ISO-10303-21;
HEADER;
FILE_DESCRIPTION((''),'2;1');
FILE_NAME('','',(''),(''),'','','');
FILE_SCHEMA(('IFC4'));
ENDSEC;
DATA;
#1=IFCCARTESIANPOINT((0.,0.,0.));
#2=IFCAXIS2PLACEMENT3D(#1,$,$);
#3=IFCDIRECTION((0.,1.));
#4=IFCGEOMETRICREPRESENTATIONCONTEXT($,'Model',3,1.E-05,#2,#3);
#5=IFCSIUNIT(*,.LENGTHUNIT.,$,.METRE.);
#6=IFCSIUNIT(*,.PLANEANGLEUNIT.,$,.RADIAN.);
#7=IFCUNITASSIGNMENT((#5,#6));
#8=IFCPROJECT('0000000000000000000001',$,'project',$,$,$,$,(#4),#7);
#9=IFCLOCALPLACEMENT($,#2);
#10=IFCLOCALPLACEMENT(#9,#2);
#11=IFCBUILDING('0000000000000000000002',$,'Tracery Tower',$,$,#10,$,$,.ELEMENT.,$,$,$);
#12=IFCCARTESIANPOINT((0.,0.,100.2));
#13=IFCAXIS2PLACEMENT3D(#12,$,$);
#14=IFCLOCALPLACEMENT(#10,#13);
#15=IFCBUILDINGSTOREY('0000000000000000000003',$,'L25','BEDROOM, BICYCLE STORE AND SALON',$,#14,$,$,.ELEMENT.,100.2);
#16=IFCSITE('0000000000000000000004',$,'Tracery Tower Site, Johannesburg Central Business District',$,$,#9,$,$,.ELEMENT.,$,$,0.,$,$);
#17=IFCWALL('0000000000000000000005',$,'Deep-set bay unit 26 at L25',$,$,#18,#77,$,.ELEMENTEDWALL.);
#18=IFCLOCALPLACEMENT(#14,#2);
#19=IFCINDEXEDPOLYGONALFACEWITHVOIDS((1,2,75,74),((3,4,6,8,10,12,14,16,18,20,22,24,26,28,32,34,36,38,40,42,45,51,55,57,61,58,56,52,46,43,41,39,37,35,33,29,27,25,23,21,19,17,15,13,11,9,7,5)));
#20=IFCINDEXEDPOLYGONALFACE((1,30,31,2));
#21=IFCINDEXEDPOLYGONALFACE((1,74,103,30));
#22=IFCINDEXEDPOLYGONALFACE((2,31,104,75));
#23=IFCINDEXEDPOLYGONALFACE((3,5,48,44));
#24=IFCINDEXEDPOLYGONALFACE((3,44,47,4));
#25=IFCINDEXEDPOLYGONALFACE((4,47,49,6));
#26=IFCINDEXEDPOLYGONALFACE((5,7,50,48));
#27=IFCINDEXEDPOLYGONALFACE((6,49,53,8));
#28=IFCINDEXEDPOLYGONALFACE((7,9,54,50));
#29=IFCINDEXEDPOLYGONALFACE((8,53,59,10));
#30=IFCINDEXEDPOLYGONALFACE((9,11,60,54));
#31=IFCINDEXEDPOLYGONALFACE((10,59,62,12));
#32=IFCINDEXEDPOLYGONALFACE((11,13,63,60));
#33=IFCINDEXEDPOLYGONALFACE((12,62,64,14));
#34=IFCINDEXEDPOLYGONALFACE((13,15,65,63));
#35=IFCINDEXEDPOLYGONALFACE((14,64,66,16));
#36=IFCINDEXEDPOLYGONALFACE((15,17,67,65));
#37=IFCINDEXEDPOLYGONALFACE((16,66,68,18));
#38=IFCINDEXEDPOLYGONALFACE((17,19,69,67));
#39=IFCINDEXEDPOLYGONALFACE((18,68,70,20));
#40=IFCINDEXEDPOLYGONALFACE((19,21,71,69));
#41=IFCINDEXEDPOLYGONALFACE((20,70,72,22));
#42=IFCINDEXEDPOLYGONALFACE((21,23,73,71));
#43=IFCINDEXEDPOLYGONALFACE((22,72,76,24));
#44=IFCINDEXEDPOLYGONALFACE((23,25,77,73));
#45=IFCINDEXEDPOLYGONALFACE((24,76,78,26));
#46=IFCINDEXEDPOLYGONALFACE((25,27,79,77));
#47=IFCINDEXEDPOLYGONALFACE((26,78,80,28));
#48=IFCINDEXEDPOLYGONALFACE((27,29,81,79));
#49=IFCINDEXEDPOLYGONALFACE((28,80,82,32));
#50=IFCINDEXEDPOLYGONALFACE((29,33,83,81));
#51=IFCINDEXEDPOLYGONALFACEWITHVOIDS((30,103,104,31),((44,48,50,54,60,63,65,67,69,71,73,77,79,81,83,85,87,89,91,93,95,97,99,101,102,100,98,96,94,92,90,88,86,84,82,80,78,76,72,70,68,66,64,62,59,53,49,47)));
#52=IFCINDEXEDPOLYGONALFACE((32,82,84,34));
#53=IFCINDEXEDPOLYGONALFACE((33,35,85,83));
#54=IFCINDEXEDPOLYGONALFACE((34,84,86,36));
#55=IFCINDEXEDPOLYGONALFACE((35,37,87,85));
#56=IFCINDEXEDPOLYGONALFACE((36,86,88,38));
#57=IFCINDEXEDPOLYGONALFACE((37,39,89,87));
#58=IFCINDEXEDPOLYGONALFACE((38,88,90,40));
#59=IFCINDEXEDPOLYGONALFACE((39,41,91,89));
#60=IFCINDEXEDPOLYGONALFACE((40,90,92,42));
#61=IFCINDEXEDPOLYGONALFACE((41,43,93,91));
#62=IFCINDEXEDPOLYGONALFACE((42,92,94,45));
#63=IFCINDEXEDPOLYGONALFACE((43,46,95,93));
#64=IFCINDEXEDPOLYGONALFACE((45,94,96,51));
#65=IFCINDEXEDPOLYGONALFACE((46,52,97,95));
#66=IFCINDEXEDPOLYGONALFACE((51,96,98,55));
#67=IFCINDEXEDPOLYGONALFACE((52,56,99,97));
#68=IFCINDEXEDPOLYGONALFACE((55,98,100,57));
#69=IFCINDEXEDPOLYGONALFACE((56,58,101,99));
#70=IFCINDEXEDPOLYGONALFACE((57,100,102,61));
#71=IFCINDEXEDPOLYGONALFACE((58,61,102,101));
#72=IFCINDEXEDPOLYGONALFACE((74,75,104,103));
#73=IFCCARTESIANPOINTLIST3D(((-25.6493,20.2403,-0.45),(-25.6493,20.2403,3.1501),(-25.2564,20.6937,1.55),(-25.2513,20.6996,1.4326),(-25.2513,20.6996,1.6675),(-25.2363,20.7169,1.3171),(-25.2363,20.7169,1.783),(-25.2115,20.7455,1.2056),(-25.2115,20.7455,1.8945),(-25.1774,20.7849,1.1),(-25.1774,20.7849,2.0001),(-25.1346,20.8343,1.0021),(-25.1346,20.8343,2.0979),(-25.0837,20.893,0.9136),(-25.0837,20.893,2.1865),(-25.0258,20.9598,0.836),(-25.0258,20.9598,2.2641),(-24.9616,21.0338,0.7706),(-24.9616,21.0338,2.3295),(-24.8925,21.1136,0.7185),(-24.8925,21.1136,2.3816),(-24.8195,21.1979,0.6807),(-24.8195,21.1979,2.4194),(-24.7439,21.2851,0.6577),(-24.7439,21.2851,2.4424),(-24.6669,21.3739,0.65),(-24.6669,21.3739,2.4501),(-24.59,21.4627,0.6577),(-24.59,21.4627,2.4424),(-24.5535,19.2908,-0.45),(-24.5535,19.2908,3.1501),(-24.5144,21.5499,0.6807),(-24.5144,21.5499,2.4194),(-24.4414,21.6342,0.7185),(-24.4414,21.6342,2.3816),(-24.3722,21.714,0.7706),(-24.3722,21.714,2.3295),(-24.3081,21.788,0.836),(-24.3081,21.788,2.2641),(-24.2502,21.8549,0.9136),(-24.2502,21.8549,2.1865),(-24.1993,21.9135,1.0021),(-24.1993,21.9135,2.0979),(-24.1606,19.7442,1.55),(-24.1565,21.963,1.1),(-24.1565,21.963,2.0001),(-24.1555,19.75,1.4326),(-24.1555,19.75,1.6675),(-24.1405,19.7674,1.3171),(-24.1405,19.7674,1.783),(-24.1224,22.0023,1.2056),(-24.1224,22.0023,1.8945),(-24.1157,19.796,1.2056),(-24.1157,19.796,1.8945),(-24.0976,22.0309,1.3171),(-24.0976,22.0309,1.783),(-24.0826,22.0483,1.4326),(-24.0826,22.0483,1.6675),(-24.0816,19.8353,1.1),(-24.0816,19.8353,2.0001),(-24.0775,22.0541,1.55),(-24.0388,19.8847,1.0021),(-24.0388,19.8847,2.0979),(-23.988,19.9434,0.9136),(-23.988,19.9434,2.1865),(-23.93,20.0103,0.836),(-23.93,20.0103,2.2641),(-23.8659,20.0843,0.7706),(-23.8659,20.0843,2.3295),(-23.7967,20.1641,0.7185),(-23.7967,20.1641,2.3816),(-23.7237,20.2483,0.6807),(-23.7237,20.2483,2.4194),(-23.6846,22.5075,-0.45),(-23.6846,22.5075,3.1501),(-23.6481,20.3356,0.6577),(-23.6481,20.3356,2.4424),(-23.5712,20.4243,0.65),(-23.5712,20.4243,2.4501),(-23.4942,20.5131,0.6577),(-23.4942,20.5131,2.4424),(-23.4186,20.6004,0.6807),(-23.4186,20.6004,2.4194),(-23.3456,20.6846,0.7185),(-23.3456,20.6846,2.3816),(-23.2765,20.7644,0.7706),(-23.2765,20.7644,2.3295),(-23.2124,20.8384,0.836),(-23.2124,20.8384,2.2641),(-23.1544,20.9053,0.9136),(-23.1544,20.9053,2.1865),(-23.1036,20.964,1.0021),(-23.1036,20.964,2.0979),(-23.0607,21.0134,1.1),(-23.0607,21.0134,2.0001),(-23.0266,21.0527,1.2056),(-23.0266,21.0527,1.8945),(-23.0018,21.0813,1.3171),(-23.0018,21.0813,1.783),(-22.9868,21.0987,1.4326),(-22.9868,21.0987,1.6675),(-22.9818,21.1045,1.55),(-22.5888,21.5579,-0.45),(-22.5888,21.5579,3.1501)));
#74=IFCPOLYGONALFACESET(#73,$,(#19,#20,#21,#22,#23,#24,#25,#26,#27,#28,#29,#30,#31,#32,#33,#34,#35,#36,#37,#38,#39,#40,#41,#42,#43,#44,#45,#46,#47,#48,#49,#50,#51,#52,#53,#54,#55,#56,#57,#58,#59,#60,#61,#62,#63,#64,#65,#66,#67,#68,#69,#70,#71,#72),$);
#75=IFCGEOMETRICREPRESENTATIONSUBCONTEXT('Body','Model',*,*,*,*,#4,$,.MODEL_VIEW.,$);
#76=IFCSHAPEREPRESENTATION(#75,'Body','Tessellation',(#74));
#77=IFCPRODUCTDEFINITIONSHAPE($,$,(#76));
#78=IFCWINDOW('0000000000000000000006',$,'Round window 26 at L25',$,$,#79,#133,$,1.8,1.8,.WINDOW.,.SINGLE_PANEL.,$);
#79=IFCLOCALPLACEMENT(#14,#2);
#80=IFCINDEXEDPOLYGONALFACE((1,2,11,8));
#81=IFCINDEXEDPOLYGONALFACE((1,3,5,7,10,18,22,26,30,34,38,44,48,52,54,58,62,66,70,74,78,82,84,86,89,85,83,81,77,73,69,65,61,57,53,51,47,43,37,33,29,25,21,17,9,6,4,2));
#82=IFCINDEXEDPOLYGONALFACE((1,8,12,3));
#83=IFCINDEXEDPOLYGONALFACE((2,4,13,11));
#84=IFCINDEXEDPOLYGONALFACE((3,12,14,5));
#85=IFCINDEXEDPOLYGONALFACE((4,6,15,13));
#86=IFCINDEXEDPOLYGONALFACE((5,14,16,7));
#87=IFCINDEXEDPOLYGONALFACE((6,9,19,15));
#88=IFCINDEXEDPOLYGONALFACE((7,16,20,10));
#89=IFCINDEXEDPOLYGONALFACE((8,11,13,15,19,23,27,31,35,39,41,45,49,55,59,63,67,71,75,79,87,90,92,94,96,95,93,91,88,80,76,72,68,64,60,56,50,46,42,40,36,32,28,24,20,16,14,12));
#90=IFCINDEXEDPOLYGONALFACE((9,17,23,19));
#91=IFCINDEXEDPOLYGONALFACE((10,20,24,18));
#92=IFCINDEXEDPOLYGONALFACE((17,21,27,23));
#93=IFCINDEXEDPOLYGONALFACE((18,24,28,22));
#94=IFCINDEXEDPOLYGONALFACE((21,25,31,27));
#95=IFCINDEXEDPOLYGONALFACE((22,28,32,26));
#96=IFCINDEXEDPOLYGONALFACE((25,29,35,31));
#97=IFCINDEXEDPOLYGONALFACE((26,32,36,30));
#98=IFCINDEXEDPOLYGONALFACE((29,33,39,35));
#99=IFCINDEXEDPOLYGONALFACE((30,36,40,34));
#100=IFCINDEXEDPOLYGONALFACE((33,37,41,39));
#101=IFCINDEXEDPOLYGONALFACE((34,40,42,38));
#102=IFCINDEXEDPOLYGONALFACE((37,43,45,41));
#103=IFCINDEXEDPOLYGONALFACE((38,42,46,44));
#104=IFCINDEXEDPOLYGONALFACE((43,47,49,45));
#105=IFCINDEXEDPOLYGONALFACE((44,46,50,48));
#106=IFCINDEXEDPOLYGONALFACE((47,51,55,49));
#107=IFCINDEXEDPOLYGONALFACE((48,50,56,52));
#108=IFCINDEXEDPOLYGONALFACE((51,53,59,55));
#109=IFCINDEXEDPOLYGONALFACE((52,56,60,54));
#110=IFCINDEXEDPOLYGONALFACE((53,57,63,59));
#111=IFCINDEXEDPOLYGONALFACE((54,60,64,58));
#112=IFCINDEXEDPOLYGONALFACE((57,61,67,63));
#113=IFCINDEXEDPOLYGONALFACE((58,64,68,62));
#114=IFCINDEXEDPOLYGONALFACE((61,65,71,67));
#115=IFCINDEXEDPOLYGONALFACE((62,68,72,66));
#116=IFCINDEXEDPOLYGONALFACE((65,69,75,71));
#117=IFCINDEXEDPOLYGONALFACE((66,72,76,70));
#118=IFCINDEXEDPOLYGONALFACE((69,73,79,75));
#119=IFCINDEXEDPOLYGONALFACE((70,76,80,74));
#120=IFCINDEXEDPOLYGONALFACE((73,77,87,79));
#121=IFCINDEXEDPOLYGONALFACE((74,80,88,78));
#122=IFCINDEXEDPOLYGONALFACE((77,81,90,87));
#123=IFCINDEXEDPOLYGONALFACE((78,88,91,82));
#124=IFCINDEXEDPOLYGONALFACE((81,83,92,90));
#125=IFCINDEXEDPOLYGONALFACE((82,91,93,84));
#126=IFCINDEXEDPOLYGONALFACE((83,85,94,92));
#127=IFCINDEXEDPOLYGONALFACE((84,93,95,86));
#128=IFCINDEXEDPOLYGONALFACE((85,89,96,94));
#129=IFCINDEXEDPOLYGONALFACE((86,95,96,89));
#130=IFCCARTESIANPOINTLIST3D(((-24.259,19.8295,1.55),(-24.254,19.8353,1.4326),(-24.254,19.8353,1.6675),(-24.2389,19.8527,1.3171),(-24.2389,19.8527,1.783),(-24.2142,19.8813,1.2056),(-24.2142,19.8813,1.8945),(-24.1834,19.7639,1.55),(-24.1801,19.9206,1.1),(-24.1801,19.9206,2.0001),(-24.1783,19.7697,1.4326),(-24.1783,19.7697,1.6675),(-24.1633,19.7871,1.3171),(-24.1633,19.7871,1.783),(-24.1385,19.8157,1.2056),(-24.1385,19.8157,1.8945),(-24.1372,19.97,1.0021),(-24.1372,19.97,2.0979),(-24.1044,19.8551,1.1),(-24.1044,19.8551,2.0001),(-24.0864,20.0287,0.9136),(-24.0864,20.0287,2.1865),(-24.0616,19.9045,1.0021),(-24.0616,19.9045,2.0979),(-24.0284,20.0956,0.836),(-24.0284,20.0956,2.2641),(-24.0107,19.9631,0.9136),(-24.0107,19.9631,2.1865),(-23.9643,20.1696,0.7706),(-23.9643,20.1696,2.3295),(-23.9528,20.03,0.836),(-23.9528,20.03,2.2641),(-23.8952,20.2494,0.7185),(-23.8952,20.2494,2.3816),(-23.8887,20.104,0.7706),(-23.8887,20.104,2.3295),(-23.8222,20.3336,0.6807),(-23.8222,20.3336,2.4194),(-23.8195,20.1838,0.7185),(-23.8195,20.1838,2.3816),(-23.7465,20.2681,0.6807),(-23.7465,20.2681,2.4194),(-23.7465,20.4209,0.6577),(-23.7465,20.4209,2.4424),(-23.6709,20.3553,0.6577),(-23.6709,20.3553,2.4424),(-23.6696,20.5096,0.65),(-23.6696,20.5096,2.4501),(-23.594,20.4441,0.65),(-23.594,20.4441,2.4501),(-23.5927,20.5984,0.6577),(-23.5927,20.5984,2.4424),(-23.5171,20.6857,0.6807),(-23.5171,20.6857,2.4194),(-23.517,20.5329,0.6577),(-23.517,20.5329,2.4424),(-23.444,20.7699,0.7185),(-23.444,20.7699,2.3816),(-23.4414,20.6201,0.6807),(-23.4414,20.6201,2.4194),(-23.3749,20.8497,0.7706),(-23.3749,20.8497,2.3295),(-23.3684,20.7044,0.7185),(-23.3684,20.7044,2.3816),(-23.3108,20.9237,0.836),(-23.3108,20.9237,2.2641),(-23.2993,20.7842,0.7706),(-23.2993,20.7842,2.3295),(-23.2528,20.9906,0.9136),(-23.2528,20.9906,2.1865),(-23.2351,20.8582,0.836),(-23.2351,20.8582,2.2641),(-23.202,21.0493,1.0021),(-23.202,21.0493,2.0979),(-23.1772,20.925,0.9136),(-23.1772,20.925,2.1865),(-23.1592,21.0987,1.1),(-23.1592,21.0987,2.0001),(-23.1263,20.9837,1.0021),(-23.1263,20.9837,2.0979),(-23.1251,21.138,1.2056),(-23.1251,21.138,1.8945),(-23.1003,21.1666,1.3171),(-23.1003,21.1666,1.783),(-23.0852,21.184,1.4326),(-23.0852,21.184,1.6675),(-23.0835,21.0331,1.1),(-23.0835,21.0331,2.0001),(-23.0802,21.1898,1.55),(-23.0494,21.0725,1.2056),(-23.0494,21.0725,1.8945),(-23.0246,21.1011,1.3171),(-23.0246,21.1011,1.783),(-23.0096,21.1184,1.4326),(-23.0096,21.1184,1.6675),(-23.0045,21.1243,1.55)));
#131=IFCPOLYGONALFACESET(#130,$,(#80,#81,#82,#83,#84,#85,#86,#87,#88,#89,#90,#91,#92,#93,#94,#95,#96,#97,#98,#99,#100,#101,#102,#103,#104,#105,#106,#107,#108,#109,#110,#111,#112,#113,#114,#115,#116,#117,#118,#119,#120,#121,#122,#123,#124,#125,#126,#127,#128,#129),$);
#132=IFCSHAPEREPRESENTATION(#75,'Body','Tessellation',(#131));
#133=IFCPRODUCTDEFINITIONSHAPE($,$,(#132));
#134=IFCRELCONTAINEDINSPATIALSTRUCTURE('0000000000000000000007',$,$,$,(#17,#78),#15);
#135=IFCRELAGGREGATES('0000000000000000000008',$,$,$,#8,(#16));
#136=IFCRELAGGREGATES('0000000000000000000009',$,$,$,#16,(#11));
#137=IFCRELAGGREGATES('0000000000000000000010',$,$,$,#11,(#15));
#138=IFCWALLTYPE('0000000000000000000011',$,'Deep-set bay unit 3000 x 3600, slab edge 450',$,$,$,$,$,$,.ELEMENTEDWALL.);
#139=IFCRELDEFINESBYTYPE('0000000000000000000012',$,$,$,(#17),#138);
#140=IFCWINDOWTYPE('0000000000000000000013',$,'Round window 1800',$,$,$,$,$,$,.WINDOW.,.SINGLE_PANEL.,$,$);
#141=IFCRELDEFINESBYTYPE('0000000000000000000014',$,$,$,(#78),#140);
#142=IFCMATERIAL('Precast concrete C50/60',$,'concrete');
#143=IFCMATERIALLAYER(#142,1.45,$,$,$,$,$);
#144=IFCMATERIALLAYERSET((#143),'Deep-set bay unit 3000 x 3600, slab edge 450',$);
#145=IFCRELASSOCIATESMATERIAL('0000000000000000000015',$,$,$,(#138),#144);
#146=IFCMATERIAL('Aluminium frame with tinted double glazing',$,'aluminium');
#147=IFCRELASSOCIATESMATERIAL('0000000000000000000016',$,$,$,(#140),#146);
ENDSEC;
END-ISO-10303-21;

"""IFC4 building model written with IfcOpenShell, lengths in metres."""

from ifc_helpers import new_model, si_unit, direction, frame, frame_2d, origin, origin_2d, place, context, subcontext, project, spatial, rectangle, circle, extrude, material, layer, layer_set, type_object, element, fill, save


model = new_model("IFC4")

# Units and contexts
model_context = context("Model", 3, precision=1e-05, world=origin(), true_north=direction((0.0, 1.0)))
body_context = subcontext(model_context, "Body", "Model", "MODEL_VIEW")
ifc_project = project(units=[si_unit("LENGTHUNIT", "METRE"), si_unit("PLANEANGLEUNIT", "RADIAN")], contexts=[model_context])

# Site, building, storey
site_placement = place(None, origin())
site = spatial("IfcSite", under=ifc_project, at=site_placement, Name="Tracery Tower Site, Johannesburg Central Business District", CompositionType="ELEMENT", RefElevation=0.0)
building_placement = place(site_placement, origin())
building = spatial("IfcBuilding", under=site, at=building_placement, Name="Tracery Tower", CompositionType="ELEMENT")
storey_placement = place(building_placement, frame((0.0, 0.0, 100.2)))
storey = spatial("IfcBuildingStorey", under=building, at=storey_placement, Name="L25", Description="BEDROOM, BICYCLE STORE AND SALON", CompositionType="ELEMENT", Elevation=100.2)

# Wall, opening, window
ifc_material_1 = material(Name="Precast concrete C50/60", Category="concrete")
ifc_layer_1 = layer(ifc_material_1, 1.45)
ifc_layer_set_1 = layer_set([ifc_layer_1], Name="Deep-set bay unit 3000 x 3600, slab edge 450")
wall_type_1 = type_object("IfcWallType", Name="Deep-set bay unit 3000 x 3600, slab edge 450", PredefinedType="ELEMENTEDWALL", material=ifc_layer_set_1)
ifc_material_2 = material(Name="Aluminium frame with tinted double glazing", Category="aluminium")
window_type = type_object("IfcWindowType", Name="Round window 1800", PartitioningType="SINGLE_PANEL", PredefinedType="WINDOW", material=ifc_material_2)
wall_1_placement = place(storey_placement, frame((-23.1367, 22.0327, -0.45), z_axis=(0.0, 0.0, 1.0), x_axis=(-0.65489, -0.755724, 0.0)))
wall_1 = element("IfcWall", 1, at=wall_1_placement, inside=storey, type_object=wall_type_1, Name="Deep-set bay unit 26 at L25", PredefinedType="ELEMENTEDWALL", context=body_context, shape_type="SweptSolid", body=[
    extrude(rectangle(XDim=3.0, YDim=1.45, at=frame_2d((1.5, 0.0))), origin(), (0.0, 0.0, 1.0), 3.6001),
])
opening_1_placement = place(wall_1_placement, frame((1.5, 0.0, 2.0)))
opening_1 = element("IfcOpeningElement", 2, at=opening_1_placement, cuts=wall_1, PredefinedType="OPENING", context=body_context, shape_type="SweptSolid", body=[
    extrude(circle(Radius=0.9, at=origin_2d()), frame((0.0, 0.7349, 0.0), z_axis=(0.0, -1.0, 0.0), x_axis=(1.0, 0.0, 0.0)), (0.0, 0.0, 1.0), 1.47),
])
window_1_placement = place(opening_1_placement, origin())
window_1 = element("IfcWindow", 3, at=window_1_placement, inside=storey, type_object=window_type, Name="Round window 26 at L25", OverallHeight=1.8, OverallWidth=1.8, PartitioningType="SINGLE_PANEL", PredefinedType="WINDOW", context=body_context, shape_type="SweptSolid", body=[
    extrude(circle(Radius=0.9, at=origin_2d()), frame((0.0, 0.6948, 0.0), z_axis=(0.0, -1.0, 0.0), x_axis=(1.0, 0.0, 0.0)), (0.0, 0.0, 1.0), 0.1001),
])
fill(opening_1, window_1)

save(model, "model.ifc")
